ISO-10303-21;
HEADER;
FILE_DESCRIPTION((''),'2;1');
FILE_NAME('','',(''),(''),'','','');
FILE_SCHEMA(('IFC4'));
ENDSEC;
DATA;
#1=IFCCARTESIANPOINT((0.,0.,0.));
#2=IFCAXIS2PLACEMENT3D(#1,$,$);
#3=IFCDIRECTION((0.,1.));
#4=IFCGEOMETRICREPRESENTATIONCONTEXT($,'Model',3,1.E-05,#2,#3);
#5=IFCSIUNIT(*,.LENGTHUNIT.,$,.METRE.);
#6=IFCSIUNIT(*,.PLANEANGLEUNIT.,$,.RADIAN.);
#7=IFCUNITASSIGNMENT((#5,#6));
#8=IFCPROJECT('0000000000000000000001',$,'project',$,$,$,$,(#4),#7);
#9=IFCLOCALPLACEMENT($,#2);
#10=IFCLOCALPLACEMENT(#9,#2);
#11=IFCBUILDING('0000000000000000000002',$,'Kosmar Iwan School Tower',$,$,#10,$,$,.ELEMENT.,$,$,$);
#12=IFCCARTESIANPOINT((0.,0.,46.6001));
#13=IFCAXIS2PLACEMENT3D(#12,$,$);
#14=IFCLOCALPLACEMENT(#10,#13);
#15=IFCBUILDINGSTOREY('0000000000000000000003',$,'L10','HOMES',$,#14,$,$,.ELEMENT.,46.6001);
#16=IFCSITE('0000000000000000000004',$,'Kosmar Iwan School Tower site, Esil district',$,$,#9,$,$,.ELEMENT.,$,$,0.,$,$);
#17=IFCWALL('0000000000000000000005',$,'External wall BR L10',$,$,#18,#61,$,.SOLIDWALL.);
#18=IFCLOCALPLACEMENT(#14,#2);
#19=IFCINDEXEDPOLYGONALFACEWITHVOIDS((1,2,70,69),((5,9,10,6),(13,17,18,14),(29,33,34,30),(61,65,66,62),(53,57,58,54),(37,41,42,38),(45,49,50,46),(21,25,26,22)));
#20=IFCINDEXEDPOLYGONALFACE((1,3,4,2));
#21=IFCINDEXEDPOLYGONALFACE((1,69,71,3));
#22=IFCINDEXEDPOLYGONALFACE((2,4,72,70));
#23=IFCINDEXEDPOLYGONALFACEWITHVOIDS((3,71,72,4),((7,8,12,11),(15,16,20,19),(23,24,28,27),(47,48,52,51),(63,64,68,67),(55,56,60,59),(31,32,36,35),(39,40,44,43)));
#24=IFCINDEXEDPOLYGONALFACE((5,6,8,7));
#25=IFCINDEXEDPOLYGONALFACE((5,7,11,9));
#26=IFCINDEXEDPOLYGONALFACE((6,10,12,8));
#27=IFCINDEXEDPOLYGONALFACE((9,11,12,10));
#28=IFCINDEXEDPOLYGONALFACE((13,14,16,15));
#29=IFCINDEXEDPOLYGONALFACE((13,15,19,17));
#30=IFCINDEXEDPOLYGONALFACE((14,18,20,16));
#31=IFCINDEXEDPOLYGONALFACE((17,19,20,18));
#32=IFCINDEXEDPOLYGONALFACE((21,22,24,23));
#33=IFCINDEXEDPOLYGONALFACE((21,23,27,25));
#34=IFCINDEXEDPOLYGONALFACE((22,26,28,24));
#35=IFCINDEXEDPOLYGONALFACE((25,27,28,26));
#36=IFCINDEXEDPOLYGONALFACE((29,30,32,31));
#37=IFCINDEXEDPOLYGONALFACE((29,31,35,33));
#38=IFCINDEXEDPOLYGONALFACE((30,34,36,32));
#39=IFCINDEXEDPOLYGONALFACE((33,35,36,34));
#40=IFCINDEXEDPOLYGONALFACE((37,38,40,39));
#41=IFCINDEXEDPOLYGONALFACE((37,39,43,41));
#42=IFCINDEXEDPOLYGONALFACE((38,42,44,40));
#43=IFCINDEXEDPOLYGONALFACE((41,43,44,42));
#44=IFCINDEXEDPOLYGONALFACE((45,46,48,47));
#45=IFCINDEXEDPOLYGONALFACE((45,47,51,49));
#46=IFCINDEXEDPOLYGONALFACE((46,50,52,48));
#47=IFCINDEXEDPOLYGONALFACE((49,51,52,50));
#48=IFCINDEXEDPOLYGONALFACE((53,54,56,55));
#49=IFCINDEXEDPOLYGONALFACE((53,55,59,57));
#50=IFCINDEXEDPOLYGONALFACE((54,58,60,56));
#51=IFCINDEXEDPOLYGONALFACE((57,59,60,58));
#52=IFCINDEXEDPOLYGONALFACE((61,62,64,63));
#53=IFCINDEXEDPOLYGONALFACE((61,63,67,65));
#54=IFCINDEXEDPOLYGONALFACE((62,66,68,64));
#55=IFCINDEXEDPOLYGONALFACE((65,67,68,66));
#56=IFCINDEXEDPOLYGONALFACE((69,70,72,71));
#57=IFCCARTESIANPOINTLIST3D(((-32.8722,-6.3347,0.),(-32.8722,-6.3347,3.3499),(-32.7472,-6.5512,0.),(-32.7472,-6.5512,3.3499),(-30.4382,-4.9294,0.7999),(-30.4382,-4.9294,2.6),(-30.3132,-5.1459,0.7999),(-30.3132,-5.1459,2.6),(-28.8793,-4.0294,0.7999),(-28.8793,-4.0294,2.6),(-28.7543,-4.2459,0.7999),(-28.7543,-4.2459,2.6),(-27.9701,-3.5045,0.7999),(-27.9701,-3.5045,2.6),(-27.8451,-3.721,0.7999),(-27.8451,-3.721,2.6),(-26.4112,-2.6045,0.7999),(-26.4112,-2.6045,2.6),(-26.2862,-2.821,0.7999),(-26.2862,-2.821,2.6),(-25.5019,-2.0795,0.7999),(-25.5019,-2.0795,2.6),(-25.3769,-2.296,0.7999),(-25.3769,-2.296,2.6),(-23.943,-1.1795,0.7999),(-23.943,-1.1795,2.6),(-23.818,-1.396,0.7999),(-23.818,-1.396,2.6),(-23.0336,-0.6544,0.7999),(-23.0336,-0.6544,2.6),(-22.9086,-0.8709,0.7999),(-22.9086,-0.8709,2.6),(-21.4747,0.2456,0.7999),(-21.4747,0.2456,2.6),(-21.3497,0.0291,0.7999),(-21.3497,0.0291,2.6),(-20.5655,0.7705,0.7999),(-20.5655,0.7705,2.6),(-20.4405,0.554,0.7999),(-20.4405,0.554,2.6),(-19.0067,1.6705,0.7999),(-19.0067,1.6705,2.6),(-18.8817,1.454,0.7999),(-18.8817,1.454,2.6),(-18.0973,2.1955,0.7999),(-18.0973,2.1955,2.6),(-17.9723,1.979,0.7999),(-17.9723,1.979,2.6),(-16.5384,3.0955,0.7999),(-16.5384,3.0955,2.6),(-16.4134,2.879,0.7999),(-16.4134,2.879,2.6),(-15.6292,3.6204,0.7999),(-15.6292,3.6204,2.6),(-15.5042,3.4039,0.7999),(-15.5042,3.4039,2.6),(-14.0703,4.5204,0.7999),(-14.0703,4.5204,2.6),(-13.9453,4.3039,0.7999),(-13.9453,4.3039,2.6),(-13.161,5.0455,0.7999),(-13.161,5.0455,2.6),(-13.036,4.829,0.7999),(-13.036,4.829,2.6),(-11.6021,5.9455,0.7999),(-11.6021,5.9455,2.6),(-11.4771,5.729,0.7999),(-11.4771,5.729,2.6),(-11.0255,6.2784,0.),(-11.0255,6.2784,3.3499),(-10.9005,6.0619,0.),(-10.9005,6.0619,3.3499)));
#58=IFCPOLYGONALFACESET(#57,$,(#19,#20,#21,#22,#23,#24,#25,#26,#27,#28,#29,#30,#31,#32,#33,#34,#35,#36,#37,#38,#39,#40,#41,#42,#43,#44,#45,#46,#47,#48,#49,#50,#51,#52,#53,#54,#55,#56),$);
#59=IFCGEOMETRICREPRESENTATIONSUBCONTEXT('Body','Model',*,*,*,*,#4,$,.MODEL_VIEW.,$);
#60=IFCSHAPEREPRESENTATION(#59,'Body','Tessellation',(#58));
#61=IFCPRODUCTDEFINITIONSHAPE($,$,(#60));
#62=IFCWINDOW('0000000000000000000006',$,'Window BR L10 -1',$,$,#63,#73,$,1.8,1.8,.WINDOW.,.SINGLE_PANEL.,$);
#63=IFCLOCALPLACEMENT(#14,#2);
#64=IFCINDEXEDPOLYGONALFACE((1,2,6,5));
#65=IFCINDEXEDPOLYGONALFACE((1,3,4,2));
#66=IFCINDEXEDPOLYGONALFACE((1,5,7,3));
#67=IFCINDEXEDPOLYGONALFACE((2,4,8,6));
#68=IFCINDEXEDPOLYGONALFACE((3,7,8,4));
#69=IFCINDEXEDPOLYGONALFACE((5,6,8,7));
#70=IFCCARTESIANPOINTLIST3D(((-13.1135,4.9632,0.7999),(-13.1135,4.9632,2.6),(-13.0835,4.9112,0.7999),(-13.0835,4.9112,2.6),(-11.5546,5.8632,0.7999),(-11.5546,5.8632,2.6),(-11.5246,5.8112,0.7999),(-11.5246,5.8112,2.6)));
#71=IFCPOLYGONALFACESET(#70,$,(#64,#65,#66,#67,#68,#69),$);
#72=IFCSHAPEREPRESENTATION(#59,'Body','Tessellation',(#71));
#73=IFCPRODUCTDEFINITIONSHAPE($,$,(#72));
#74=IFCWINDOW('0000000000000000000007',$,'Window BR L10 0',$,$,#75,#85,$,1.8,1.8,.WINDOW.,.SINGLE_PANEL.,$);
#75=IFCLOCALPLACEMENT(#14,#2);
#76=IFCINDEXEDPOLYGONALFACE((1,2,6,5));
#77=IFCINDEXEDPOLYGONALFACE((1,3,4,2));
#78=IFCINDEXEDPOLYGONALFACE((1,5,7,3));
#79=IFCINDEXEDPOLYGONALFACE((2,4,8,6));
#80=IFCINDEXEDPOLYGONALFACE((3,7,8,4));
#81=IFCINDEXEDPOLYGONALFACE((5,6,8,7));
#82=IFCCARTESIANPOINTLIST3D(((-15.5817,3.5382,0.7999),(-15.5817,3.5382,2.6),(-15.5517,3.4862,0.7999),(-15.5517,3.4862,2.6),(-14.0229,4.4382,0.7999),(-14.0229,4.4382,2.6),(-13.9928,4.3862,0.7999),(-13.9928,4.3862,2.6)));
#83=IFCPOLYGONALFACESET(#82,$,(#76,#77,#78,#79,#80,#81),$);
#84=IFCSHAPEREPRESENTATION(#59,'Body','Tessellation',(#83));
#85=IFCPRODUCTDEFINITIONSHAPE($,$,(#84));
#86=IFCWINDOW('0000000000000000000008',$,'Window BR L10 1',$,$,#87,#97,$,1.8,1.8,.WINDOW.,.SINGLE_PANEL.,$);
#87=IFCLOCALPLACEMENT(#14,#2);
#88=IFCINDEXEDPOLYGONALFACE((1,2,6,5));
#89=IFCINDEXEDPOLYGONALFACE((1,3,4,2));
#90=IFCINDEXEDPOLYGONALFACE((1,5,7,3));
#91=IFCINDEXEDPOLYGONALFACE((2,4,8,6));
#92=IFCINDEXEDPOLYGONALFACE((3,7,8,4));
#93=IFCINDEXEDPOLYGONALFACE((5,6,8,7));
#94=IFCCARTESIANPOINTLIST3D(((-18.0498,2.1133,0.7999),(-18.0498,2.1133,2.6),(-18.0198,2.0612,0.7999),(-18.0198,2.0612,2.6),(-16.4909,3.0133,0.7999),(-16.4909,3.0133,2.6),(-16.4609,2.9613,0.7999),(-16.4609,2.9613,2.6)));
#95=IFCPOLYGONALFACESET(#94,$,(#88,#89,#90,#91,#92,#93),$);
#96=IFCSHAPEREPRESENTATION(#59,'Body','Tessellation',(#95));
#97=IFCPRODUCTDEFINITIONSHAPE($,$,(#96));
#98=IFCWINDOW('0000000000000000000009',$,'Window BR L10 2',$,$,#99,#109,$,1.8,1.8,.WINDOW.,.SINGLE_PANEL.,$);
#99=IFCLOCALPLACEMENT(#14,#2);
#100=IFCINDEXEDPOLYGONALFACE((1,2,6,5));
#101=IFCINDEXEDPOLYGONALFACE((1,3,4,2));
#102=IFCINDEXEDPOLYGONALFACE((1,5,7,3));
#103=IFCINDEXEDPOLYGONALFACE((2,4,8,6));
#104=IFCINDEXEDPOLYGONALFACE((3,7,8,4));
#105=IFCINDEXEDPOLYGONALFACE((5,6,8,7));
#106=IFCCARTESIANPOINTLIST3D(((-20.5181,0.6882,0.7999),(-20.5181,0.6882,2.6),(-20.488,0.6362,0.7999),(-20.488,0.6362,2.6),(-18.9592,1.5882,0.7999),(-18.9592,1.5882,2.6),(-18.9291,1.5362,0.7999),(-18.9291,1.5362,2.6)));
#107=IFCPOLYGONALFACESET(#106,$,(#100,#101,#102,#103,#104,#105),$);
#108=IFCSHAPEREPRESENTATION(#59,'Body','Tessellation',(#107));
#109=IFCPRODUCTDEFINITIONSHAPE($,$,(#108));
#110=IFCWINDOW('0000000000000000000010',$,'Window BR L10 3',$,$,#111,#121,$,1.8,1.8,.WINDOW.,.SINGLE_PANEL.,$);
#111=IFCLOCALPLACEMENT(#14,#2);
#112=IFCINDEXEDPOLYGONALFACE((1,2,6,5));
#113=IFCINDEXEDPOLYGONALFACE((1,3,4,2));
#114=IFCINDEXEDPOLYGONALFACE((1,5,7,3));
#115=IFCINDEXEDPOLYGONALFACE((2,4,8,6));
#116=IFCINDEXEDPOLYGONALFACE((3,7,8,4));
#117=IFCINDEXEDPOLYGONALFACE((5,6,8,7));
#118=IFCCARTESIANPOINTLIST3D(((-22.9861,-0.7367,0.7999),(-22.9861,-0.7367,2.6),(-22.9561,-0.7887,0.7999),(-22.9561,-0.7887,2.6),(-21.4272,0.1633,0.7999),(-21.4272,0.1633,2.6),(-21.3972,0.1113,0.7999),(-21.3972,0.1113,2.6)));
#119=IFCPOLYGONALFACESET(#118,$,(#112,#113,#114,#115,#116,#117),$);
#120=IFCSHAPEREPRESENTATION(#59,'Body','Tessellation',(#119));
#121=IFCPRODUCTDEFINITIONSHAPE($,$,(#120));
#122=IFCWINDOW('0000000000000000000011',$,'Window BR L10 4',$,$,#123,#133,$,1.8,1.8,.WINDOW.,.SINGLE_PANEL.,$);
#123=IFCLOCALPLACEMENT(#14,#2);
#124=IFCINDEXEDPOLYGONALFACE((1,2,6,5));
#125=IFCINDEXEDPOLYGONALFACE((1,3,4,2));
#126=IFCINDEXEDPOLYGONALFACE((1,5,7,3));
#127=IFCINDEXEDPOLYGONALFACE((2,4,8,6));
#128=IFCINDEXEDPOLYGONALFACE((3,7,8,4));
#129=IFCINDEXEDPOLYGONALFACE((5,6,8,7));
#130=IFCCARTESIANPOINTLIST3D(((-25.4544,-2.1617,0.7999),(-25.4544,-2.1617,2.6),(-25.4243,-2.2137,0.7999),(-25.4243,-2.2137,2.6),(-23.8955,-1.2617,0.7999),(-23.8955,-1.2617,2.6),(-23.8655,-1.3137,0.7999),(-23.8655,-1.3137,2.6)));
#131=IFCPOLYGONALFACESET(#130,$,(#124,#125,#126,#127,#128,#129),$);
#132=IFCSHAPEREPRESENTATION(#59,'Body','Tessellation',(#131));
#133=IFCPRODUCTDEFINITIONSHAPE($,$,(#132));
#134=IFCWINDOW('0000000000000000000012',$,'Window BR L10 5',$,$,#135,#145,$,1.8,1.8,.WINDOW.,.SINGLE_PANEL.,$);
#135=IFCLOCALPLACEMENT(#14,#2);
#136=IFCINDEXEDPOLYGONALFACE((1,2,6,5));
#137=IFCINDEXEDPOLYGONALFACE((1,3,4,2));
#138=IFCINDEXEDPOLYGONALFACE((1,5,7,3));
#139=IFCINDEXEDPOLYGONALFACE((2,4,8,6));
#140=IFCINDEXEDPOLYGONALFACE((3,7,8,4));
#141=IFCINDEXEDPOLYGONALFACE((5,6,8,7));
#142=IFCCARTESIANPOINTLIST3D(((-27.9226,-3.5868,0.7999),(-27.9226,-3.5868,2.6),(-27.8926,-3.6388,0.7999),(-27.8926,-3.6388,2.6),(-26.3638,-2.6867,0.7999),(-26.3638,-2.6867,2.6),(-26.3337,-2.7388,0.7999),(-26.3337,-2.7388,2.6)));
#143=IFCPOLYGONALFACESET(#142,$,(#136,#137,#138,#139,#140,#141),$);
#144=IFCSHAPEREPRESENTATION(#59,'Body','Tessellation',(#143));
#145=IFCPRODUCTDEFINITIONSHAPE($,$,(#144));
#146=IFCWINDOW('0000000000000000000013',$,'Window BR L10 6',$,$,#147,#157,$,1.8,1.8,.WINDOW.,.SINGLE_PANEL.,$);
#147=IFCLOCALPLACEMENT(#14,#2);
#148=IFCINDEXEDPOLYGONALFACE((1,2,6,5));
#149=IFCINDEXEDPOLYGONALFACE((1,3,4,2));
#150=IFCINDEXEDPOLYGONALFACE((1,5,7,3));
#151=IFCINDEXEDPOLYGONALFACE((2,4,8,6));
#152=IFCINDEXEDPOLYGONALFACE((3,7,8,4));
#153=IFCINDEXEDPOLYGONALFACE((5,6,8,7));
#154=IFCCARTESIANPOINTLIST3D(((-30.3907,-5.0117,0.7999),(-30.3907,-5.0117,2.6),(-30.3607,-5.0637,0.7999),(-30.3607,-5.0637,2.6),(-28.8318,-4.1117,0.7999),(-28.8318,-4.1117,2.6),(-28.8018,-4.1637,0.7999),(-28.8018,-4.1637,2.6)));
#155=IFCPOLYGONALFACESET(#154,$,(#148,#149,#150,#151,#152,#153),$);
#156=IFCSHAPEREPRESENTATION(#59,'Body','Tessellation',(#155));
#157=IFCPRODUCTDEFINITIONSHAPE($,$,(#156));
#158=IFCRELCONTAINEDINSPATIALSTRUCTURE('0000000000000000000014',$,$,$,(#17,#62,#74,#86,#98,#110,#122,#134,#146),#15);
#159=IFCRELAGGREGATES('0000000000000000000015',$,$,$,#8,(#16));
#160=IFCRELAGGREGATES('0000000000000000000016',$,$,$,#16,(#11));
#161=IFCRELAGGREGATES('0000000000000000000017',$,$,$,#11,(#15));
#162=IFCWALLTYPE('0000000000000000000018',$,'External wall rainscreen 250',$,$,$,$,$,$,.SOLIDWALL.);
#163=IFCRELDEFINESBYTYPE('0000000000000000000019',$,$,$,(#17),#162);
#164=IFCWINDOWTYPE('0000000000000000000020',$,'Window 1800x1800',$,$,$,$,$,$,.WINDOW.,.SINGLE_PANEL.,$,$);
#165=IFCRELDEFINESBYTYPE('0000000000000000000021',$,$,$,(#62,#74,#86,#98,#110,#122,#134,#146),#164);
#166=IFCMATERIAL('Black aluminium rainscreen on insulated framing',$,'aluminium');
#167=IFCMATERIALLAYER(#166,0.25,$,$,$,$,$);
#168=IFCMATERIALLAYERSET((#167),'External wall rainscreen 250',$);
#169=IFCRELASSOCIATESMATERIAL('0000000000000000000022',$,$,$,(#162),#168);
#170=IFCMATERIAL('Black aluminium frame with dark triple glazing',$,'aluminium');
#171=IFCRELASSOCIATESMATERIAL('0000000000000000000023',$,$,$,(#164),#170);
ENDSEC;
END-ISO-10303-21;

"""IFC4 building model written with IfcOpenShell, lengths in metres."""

from ifc_helpers import new_model, si_unit, direction, frame, frame_2d, origin, place, context, subcontext, project, spatial, rectangle, extrude, material, layer, layer_set, type_object, element, fill, save


model = new_model("IFC4")

# Units and contexts
model_context = context("Model", 3, precision=1e-05, world=origin(), true_north=direction((0.0, 1.0)))
body_context = subcontext(model_context, "Body", "Model", "MODEL_VIEW")
ifc_project = project(units=[si_unit("LENGTHUNIT", "METRE"), si_unit("PLANEANGLEUNIT", "RADIAN")], contexts=[model_context])

# Site, building, storey
site_placement = place(None, origin())
site = spatial("IfcSite", under=ifc_project, at=site_placement, Name="Kosmar Iwan School Tower site, Esil district", CompositionType="ELEMENT", RefElevation=0.0)
building_placement = place(site_placement, origin())
building = spatial("IfcBuilding", under=site, at=building_placement, Name="Kosmar Iwan School Tower", CompositionType="ELEMENT")
storey_placement = place(building_placement, frame((0.0, 0.0, 46.6001)))
storey = spatial("IfcBuildingStorey", under=building, at=storey_placement, Name="L10", Description="HOMES", CompositionType="ELEMENT", Elevation=46.6001)

# Wall, openings, windows
ifc_material_1 = material(Name="Black aluminium rainscreen on insulated framing", Category="aluminium")
ifc_layer = layer(ifc_material_1, 0.25)
ifc_layer_set = layer_set([ifc_layer], Name="External wall rainscreen 250")
wall_type = type_object("IfcWallType", Name="External wall rainscreen 250", PredefinedType="SOLIDWALL", material=ifc_layer_set)
ifc_material_2 = material(Name="Black aluminium frame with dark triple glazing", Category="aluminium")
window_type = type_object("IfcWindowType", Name="Window 1800x1800", PartitioningType="SINGLE_PANEL", PredefinedType="WINDOW", material=ifc_material_2)
wall_1_placement = place(storey_placement, frame((-10.9629, 6.1702, 0.0), z_axis=(0.0, 0.0, 1.0), x_axis=(-0.866028, -0.499996, 0.0)))
wall_1 = element("IfcWall", 1, at=wall_1_placement, inside=storey, type_object=wall_type, Name="External wall BR L10", PredefinedType="SOLIDWALL", context=body_context, shape_type="SweptSolid", body=[
    extrude(rectangle(XDim=25.2263, YDim=0.25, at=frame_2d((12.6133, 0.0))), origin(), (0.0, 0.0, 1.0), 3.3499),
])
opening_1_placement = place(wall_1_placement, frame((0.666, 0.0, 0.8)))
opening_1 = element("IfcOpeningElement", 2, at=opening_1_placement, cuts=wall_1, PredefinedType="OPENING", context=body_context, shape_type="SweptSolid", body=[
    extrude(rectangle(XDim=1.8, YDim=1.8, at=frame_2d((0.8999, 0.8999))), frame((0.0, 0.137, 0.0), z_axis=(0.0, -1.0, 0.0), x_axis=(1.0, 0.0, 0.0)), (0.0, 0.0, 1.0), 0.2739),
])
opening_2_placement = place(wall_1_placement, frame((3.5161, 0.0, 0.8)))
opening_2 = element("IfcOpeningElement", 3, at=opening_2_placement, cuts=wall_1, PredefinedType="OPENING", context=body_context, shape_type="SweptSolid", body=[
    extrude(rectangle(XDim=1.8, YDim=1.8, at=frame_2d((0.8999, 0.8999))), frame((0.0, 0.137, 0.0), z_axis=(0.0, -1.0, 0.0), x_axis=(1.0, 0.0, 0.0)), (0.0, 0.0, 1.0), 0.2739),
])
opening_3_placement = place(wall_1_placement, frame((6.366, 0.0, 0.8)))
opening_3 = element("IfcOpeningElement", 4, at=opening_3_placement, cuts=wall_1, PredefinedType="OPENING", context=body_context, shape_type="SweptSolid", body=[
    extrude(rectangle(XDim=1.8, YDim=1.8, at=frame_2d((0.8999, 0.8999))), frame((0.0, 0.137, 0.0), z_axis=(0.0, -1.0, 0.0), x_axis=(1.0, 0.0, 0.0)), (0.0, 0.0, 1.0), 0.2739),
])
opening_4_placement = place(wall_1_placement, frame((9.2161, 0.0, 0.8)))
opening_4 = element("IfcOpeningElement", 5, at=opening_4_placement, cuts=wall_1, PredefinedType="OPENING", context=body_context, shape_type="SweptSolid", body=[
    extrude(rectangle(XDim=1.8, YDim=1.8, at=frame_2d((0.8999, 0.8999))), frame((0.0, 0.137, 0.0), z_axis=(0.0, -1.0, 0.0), x_axis=(1.0, 0.0, 0.0)), (0.0, 0.0, 1.0), 0.2739),
])
opening_5_placement = place(wall_1_placement, frame((12.0659, 0.0, 0.8)))
opening_5 = element("IfcOpeningElement", 6, at=opening_5_placement, cuts=wall_1, PredefinedType="OPENING", context=body_context, shape_type="SweptSolid", body=[
    extrude(rectangle(XDim=1.8, YDim=1.8, at=frame_2d((0.8999, 0.8999))), frame((0.0, 0.137, 0.0), z_axis=(0.0, -1.0, 0.0), x_axis=(1.0, 0.0, 0.0)), (0.0, 0.0, 1.0), 0.2739),
])
opening_6_placement = place(wall_1_placement, frame((14.916, 0.0, 0.8)))
opening_6 = element("IfcOpeningElement", 7, at=opening_6_placement, cuts=wall_1, PredefinedType="OPENING", context=body_context, shape_type="SweptSolid", body=[
    extrude(rectangle(XDim=1.8, YDim=1.8, at=frame_2d((0.8999, 0.8999))), frame((0.0, 0.137, 0.0), z_axis=(0.0, -1.0, 0.0), x_axis=(1.0, 0.0, 0.0)), (0.0, 0.0, 1.0), 0.2739),
])
opening_7_placement = place(wall_1_placement, frame((17.7661, 0.0, 0.8)))
opening_7 = element("IfcOpeningElement", 8, at=opening_7_placement, cuts=wall_1, PredefinedType="OPENING", context=body_context, shape_type="SweptSolid", body=[
    extrude(rectangle(XDim=1.8, YDim=1.8, at=frame_2d((0.8999, 0.8999))), frame((0.0, 0.137, 0.0), z_axis=(0.0, -1.0, 0.0), x_axis=(1.0, 0.0, 0.0)), (0.0, 0.0, 1.0), 0.2739),
])
opening_8_placement = place(wall_1_placement, frame((20.616, 0.0, 0.8)))
opening_8 = element("IfcOpeningElement", 9, at=opening_8_placement, cuts=wall_1, PredefinedType="OPENING", context=body_context, shape_type="SweptSolid", body=[
    extrude(rectangle(XDim=1.8, YDim=1.8, at=frame_2d((0.8999, 0.8999))), frame((0.0, 0.137, 0.0), z_axis=(0.0, -1.0, 0.0), x_axis=(1.0, 0.0, 0.0)), (0.0, 0.0, 1.0), 0.2739),
])
window_1_placement = place(opening_1_placement, origin())
window_1 = element("IfcWindow", 10, at=window_1_placement, inside=storey, type_object=window_type, Name="Window BR L10 -1", OverallHeight=1.8, OverallWidth=1.8, PartitioningType="SINGLE_PANEL", PredefinedType="WINDOW", context=body_context, shape_type="SweptSolid", body=[
    extrude(rectangle(XDim=1.8, YDim=1.8, at=frame_2d((0.8999, 0.8999))), frame((0.0, 0.03, 0.0), z_axis=(0.0, -1.0, 0.0), x_axis=(1.0, 0.0, 0.0)), (0.0, 0.0, 1.0), 0.0601),
])
fill(opening_1, window_1)
window_2_placement = place(opening_2_placement, origin())
window_2 = element("IfcWindow", 11, at=window_2_placement, inside=storey, type_object=window_type, Name="Window BR L10 0", OverallHeight=1.8, OverallWidth=1.8, PartitioningType="SINGLE_PANEL", PredefinedType="WINDOW", context=body_context, shape_type="SweptSolid", body=[
    extrude(rectangle(XDim=1.8, YDim=1.8, at=frame_2d((0.8999, 0.8999))), frame((0.0, 0.03, 0.0), z_axis=(0.0, -1.0, 0.0), x_axis=(1.0, 0.0, 0.0)), (0.0, 0.0, 1.0), 0.0601),
])
fill(opening_2, window_2)
window_3_placement = place(opening_3_placement, origin())
window_3 = element("IfcWindow", 12, at=window_3_placement, inside=storey, type_object=window_type, Name="Window BR L10 1", OverallHeight=1.8, OverallWidth=1.8, PartitioningType="SINGLE_PANEL", PredefinedType="WINDOW", context=body_context, shape_type="SweptSolid", body=[
    extrude(rectangle(XDim=1.8, YDim=1.8, at=frame_2d((0.8999, 0.8999))), frame((0.0, 0.03, 0.0), z_axis=(0.0, -1.0, 0.0), x_axis=(1.0, 0.0, 0.0)), (0.0, 0.0, 1.0), 0.0601),
])
fill(opening_3, window_3)
window_4_placement = place(opening_4_placement, origin())
window_4 = element("IfcWindow", 13, at=window_4_placement, inside=storey, type_object=window_type, Name="Window BR L10 2", OverallHeight=1.8, OverallWidth=1.8, PartitioningType="SINGLE_PANEL", PredefinedType="WINDOW", context=body_context, shape_type="SweptSolid", body=[
    extrude(rectangle(XDim=1.8, YDim=1.8, at=frame_2d((0.8999, 0.8999))), frame((0.0, 0.03, 0.0), z_axis=(0.0, -1.0, 0.0), x_axis=(1.0, 0.0, 0.0)), (0.0, 0.0, 1.0), 0.0601),
])
fill(opening_4, window_4)
window_5_placement = place(opening_5_placement, origin())
window_5 = element("IfcWindow", 14, at=window_5_placement, inside=storey, type_object=window_type, Name="Window BR L10 3", OverallHeight=1.8, OverallWidth=1.8, PartitioningType="SINGLE_PANEL", PredefinedType="WINDOW", context=body_context, shape_type="SweptSolid", body=[
    extrude(rectangle(XDim=1.8, YDim=1.8, at=frame_2d((0.8999, 0.8999))), frame((0.0, 0.03, 0.0), z_axis=(0.0, -1.0, 0.0), x_axis=(1.0, 0.0, 0.0)), (0.0, 0.0, 1.0), 0.0601),
])
fill(opening_5, window_5)
window_6_placement = place(opening_6_placement, origin())
window_6 = element("IfcWindow", 15, at=window_6_placement, inside=storey, type_object=window_type, Name="Window BR L10 4", OverallHeight=1.8, OverallWidth=1.8, PartitioningType="SINGLE_PANEL", PredefinedType="WINDOW", context=body_context, shape_type="SweptSolid", body=[
    extrude(rectangle(XDim=1.8, YDim=1.8, at=frame_2d((0.8999, 0.8999))), frame((0.0, 0.03, 0.0), z_axis=(0.0, -1.0, 0.0), x_axis=(1.0, 0.0, 0.0)), (0.0, 0.0, 1.0), 0.0601),
])
fill(opening_6, window_6)
window_7_placement = place(opening_7_placement, origin())
window_7 = element("IfcWindow", 16, at=window_7_placement, inside=storey, type_object=window_type, Name="Window BR L10 5", OverallHeight=1.8, OverallWidth=1.8, PartitioningType="SINGLE_PANEL", PredefinedType="WINDOW", context=body_context, shape_type="SweptSolid", body=[
    extrude(rectangle(XDim=1.8, YDim=1.8, at=frame_2d((0.8999, 0.8999))), frame((0.0, 0.03, 0.0), z_axis=(0.0, -1.0, 0.0), x_axis=(1.0, 0.0, 0.0)), (0.0, 0.0, 1.0), 0.0601),
])
fill(opening_7, window_7)
window_8_placement = place(opening_8_placement, origin())
window_8 = element("IfcWindow", 17, at=window_8_placement, inside=storey, type_object=window_type, Name="Window BR L10 6", OverallHeight=1.8, OverallWidth=1.8, PartitioningType="SINGLE_PANEL", PredefinedType="WINDOW", context=body_context, shape_type="SweptSolid", body=[
    extrude(rectangle(XDim=1.8, YDim=1.8, at=frame_2d((0.8999, 0.8999))), frame((0.0, 0.03, 0.0), z_axis=(0.0, -1.0, 0.0), x_axis=(1.0, 0.0, 0.0)), (0.0, 0.0, 1.0), 0.0601),
])
fill(opening_8, window_8)

save(model, "model.ifc")
